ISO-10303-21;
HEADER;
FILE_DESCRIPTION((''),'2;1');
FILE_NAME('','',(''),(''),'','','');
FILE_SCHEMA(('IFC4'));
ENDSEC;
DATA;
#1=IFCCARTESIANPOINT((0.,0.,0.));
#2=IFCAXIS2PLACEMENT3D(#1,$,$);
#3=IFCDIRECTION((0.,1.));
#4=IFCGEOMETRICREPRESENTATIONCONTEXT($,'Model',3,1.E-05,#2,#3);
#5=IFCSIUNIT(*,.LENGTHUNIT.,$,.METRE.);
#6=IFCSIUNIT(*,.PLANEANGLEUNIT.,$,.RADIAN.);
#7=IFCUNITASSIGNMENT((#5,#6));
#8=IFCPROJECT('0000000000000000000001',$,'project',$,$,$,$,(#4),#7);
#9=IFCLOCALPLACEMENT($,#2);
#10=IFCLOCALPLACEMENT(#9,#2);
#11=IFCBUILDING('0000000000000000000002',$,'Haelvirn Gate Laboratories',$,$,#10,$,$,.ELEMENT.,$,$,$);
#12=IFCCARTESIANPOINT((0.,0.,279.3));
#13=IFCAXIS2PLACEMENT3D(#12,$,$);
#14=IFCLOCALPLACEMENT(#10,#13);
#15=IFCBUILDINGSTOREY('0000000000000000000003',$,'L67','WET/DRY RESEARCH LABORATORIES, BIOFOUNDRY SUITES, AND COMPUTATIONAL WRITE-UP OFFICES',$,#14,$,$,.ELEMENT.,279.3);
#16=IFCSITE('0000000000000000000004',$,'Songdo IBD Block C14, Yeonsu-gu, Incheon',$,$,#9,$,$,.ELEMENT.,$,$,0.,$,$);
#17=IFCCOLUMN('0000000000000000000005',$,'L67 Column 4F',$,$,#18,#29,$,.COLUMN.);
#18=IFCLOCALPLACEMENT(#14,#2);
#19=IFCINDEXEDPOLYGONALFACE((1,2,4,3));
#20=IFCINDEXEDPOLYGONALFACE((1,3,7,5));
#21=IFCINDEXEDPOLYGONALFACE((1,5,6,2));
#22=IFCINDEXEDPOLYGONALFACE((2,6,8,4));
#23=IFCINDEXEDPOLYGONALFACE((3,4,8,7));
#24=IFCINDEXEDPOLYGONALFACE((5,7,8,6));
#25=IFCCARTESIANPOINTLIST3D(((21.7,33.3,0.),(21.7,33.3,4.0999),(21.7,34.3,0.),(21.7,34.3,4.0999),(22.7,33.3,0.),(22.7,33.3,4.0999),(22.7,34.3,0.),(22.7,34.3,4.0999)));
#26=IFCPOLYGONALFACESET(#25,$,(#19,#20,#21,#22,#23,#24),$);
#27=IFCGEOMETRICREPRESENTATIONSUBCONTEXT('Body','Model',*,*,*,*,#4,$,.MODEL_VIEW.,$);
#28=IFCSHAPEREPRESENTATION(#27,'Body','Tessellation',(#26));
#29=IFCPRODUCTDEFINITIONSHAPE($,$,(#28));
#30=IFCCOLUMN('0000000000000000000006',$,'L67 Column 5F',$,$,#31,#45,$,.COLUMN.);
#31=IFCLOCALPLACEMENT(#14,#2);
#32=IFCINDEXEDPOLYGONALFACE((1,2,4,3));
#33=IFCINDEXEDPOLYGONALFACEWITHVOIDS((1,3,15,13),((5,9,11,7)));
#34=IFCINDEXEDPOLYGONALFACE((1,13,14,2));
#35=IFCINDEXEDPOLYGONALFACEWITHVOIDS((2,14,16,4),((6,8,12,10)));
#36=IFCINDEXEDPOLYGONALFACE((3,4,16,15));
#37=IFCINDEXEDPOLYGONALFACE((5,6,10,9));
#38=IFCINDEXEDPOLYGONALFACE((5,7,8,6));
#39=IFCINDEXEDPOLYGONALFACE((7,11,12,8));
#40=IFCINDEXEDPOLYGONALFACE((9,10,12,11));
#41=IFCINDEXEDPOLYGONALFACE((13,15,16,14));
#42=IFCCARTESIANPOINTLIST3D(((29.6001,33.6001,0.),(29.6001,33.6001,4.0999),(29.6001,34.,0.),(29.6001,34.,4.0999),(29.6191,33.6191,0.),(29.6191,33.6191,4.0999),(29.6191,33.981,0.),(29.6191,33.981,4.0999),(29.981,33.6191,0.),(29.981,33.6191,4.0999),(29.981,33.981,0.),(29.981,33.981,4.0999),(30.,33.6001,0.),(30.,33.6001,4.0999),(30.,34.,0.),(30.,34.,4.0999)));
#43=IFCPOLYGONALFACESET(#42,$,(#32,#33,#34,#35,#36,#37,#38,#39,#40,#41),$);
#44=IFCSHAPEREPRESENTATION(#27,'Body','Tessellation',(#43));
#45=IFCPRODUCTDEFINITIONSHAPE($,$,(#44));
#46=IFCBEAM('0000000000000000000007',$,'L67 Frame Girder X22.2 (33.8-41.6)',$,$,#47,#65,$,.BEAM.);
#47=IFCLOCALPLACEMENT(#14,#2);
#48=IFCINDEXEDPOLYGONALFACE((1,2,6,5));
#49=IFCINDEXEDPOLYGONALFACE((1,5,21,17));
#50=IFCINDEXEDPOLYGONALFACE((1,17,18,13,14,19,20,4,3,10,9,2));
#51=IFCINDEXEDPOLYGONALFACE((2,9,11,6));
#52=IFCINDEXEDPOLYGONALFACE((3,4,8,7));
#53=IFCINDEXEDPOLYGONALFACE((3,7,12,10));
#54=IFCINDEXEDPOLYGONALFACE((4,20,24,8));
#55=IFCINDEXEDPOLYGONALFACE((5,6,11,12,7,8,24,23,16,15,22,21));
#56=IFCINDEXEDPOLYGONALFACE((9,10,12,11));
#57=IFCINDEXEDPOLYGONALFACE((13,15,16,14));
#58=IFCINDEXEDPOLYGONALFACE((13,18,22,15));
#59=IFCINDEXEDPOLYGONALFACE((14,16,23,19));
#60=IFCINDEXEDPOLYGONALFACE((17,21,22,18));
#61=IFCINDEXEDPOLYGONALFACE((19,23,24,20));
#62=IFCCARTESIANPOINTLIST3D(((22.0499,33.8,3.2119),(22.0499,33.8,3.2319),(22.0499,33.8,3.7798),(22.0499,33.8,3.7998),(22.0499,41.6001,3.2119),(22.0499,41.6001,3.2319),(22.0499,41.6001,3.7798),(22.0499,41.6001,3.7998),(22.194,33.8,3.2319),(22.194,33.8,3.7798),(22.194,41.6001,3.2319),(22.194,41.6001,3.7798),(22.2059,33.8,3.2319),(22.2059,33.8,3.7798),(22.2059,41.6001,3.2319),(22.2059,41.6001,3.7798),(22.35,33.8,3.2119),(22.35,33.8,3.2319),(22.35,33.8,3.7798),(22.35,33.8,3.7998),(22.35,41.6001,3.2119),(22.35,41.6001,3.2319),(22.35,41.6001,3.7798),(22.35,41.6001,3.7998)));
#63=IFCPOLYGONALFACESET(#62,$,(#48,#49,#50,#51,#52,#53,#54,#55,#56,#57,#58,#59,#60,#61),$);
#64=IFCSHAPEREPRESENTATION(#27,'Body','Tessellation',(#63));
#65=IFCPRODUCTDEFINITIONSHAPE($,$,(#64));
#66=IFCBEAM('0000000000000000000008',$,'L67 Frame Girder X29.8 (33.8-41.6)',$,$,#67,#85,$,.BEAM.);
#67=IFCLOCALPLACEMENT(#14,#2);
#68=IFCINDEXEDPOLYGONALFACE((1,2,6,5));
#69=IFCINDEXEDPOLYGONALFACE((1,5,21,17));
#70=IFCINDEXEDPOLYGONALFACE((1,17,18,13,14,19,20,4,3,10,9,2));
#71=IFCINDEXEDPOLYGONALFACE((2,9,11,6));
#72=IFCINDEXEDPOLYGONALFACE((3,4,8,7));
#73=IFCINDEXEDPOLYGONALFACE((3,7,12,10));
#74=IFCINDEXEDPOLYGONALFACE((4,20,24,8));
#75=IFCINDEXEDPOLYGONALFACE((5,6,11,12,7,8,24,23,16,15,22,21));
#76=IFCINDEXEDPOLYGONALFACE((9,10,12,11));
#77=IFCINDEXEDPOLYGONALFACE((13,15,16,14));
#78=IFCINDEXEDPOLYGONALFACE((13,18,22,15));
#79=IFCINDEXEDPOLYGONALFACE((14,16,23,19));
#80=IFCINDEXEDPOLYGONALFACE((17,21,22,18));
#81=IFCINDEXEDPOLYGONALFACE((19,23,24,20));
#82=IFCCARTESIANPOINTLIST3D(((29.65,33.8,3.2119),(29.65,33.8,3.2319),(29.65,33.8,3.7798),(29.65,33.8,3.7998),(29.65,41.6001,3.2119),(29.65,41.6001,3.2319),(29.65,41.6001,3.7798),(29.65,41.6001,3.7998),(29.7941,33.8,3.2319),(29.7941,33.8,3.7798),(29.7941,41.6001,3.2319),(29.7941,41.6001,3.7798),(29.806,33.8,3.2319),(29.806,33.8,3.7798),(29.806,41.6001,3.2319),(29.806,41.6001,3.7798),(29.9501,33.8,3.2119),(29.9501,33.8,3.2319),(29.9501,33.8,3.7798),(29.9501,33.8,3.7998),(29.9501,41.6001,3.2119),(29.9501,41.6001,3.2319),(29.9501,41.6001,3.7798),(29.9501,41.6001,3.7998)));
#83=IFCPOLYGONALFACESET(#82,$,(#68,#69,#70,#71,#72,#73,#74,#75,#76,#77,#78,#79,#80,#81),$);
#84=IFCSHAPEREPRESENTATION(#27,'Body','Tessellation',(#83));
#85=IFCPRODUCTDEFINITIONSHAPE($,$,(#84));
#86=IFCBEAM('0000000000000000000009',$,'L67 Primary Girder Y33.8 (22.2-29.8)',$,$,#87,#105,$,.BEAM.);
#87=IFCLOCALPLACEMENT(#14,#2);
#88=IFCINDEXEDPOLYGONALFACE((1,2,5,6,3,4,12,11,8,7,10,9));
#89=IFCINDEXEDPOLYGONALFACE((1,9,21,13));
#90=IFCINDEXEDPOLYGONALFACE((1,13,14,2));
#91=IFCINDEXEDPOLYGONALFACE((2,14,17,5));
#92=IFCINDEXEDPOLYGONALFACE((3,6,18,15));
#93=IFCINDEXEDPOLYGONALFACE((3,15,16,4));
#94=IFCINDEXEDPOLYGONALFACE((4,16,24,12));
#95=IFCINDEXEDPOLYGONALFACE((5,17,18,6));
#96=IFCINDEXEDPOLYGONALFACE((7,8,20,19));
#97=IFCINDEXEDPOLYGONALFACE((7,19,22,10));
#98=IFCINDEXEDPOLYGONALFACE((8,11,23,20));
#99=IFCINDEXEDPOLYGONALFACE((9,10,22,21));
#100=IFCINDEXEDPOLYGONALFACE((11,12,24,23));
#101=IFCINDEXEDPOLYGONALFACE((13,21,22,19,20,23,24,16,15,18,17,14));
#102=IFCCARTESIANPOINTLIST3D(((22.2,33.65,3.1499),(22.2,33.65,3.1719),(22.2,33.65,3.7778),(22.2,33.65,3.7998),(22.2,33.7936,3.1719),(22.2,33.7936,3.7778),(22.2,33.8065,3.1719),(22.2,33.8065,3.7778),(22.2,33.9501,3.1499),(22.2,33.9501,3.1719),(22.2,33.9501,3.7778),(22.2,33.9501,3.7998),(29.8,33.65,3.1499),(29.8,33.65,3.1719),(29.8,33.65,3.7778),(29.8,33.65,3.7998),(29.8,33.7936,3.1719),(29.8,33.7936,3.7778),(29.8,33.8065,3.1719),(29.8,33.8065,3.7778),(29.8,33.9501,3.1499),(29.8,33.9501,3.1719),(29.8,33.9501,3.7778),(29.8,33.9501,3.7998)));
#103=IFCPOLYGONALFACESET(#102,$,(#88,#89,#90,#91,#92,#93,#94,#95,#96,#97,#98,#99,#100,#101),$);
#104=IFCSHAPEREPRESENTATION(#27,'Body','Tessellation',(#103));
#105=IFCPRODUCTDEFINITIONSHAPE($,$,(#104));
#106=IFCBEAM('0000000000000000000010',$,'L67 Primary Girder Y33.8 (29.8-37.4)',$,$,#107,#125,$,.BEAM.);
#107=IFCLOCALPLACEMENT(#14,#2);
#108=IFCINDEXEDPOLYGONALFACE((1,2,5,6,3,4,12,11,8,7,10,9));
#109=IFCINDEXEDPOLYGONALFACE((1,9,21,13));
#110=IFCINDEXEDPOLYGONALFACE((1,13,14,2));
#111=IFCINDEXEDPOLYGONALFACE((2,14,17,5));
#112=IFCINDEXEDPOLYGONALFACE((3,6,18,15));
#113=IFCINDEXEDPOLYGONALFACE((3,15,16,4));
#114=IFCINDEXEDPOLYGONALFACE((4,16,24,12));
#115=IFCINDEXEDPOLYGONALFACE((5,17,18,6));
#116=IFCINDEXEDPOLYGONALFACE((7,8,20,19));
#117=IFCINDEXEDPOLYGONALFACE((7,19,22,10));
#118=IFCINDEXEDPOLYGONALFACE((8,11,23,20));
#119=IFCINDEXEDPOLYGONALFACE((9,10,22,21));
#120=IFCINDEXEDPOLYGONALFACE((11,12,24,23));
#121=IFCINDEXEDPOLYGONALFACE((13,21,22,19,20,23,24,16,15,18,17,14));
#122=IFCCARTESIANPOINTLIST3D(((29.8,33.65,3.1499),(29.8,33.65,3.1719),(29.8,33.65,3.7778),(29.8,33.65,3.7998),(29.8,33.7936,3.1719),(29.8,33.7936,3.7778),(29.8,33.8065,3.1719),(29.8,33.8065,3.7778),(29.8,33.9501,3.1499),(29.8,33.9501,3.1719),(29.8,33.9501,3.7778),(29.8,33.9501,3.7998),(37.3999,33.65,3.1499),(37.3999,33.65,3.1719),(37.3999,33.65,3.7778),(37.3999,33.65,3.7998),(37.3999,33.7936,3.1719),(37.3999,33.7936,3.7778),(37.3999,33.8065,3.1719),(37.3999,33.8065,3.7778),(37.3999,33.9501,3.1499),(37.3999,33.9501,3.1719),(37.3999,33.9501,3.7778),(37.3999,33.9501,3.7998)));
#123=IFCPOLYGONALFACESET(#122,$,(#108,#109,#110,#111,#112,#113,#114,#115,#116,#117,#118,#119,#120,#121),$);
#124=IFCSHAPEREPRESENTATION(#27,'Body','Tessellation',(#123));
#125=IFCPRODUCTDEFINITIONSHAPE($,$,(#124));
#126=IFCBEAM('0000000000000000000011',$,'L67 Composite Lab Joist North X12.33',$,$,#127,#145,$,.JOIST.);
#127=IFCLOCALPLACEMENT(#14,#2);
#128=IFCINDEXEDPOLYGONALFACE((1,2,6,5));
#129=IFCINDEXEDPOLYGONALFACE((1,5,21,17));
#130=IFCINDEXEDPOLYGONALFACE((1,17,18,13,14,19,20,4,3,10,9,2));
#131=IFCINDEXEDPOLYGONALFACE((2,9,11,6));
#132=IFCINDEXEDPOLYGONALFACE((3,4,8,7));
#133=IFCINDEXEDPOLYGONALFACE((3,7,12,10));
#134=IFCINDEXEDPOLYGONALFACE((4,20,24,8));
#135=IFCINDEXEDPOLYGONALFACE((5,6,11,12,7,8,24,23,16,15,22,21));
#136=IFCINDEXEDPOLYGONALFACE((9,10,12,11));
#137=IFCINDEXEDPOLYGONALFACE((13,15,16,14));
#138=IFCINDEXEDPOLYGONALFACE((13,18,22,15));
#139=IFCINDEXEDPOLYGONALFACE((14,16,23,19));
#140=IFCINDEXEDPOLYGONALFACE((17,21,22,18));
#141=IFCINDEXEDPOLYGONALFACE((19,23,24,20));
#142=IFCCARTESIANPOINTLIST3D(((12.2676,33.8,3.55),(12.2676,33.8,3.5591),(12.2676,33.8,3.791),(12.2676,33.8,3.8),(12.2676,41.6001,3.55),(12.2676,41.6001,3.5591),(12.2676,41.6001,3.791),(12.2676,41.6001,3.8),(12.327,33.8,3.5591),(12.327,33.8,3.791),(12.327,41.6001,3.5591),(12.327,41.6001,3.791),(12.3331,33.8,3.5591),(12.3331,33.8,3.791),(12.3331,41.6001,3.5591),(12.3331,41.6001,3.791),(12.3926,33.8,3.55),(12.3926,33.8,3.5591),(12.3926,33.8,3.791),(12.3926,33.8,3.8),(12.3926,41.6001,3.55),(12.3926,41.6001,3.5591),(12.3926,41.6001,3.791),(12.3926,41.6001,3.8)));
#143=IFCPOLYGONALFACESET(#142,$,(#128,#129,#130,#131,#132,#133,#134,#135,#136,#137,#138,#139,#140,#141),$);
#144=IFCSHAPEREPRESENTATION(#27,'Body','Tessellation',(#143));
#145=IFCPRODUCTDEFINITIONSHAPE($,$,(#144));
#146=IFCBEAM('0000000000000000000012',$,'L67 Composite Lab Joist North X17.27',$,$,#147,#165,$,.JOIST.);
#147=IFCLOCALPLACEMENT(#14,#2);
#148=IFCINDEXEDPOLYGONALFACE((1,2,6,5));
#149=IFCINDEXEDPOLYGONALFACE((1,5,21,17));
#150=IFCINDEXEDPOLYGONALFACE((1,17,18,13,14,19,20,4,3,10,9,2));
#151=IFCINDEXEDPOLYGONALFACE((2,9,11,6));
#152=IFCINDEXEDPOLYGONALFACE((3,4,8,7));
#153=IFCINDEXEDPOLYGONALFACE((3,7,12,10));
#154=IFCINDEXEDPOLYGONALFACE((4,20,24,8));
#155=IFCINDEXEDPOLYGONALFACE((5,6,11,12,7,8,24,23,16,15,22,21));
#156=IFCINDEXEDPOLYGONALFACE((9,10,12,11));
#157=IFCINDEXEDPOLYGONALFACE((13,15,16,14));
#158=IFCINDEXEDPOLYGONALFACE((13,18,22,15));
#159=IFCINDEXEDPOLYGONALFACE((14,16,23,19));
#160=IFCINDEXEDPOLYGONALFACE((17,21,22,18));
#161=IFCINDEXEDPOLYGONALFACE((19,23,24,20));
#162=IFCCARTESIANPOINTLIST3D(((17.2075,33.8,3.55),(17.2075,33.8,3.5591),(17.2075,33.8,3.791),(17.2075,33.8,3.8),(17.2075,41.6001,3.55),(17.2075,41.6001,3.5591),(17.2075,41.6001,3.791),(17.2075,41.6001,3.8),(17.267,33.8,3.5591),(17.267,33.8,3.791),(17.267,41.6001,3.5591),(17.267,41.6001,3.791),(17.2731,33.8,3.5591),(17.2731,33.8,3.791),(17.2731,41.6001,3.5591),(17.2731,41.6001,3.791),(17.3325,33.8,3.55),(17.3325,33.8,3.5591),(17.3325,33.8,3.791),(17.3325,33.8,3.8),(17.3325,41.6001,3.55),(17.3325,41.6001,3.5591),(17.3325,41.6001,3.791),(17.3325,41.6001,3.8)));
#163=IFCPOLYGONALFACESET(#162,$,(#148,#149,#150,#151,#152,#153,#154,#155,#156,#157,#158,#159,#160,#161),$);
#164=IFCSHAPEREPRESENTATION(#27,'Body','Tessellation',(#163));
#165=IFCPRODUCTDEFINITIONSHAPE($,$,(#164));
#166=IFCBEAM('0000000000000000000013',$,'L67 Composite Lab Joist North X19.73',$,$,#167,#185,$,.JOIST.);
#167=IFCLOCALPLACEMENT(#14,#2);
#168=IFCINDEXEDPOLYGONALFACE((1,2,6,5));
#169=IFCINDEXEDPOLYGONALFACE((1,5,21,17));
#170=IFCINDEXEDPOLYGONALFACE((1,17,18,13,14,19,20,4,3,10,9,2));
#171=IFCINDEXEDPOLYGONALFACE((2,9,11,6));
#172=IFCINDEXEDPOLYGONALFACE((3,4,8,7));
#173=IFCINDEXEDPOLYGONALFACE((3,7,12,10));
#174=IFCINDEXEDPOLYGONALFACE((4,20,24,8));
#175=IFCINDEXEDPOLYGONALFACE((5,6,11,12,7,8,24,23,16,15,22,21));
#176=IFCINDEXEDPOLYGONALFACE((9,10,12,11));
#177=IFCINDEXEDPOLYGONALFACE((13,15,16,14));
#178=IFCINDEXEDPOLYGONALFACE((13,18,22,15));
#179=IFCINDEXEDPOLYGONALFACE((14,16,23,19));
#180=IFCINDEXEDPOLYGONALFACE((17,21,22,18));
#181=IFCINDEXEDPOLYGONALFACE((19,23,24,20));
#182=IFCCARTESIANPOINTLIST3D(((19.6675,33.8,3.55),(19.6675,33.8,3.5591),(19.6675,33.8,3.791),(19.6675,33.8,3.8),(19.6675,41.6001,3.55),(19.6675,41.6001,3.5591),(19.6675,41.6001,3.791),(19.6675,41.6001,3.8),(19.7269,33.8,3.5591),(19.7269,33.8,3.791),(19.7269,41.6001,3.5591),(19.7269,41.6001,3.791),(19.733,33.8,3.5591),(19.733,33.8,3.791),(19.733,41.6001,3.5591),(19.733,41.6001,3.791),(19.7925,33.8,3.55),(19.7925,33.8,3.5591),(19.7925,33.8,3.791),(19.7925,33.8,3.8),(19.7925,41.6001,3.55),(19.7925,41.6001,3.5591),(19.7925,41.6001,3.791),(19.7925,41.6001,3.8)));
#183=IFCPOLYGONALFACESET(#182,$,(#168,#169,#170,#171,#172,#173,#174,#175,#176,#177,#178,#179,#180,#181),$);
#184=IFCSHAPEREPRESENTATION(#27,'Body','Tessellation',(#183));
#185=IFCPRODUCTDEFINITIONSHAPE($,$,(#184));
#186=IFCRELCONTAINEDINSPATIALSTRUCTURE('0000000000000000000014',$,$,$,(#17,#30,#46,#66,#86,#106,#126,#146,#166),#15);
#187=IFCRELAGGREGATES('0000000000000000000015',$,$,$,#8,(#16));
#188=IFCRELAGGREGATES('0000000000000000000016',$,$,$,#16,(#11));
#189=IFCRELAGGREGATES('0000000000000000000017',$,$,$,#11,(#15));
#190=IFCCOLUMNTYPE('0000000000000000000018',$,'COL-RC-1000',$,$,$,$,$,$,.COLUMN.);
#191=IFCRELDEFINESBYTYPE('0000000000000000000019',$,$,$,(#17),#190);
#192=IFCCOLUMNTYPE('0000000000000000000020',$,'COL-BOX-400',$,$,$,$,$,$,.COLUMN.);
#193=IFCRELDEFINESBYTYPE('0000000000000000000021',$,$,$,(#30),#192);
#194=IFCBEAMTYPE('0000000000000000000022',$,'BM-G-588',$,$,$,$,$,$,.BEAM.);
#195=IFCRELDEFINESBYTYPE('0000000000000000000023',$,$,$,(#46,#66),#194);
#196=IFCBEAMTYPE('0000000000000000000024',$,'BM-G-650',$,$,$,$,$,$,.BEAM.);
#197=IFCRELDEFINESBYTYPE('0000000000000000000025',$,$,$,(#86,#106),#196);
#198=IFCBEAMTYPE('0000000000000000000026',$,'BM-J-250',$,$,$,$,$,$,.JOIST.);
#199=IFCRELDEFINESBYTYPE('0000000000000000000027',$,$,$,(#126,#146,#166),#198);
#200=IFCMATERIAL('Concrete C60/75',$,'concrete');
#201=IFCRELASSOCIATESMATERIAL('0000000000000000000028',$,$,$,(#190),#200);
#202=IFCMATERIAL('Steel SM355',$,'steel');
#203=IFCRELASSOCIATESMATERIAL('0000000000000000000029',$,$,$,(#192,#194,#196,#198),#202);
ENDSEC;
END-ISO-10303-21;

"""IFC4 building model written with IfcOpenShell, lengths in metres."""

from ifc_helpers import new_model, si_unit, direction, frame, origin, origin_2d, place, context, subcontext, project, spatial, rectangle, hollow_rectangle, i_section, extrude, source, transform, mapped, material, material_profile, profile_set, type_object, type_shapes, element, save


model = new_model("IFC4")

# Units and contexts
model_context = context("Model", 3, precision=1e-05, world=origin(), true_north=direction((0.0, 1.0)))
body_context = subcontext(model_context, "Body", "Model", "MODEL_VIEW")
ifc_project = project(units=[si_unit("LENGTHUNIT", "METRE"), si_unit("PLANEANGLEUNIT", "RADIAN")], contexts=[model_context])

# Site, building, storey
site_placement = place(None, origin())
site = spatial("IfcSite", under=ifc_project, at=site_placement, Name="Songdo IBD Block C14, Yeonsu-gu, Incheon", CompositionType="ELEMENT", RefElevation=0.0)
building_placement = place(site_placement, origin())
building = spatial("IfcBuilding", under=site, at=building_placement, Name="Haelvirn Gate Laboratories", CompositionType="ELEMENT")
storey_placement = place(building_placement, frame((0.0, 0.0, 279.3)))
storey = spatial("IfcBuildingStorey", under=building, at=storey_placement, Name="L67", Description="WET/DRY RESEARCH LABORATORIES, BIOFOUNDRY SUITES, AND COMPUTATIONAL WRITE-UP OFFICES", CompositionType="ELEMENT", Elevation=279.3)

# Columns
ifc_material_1 = material(Name="Concrete C60/75", Category="concrete")
ifc_material_profile_1 = material_profile(ifc_material_1, rectangle(XDim=1.0, YDim=1.0, at=origin_2d()), Name="RC-1000x1000")
ifc_profile_set_1 = profile_set([ifc_material_profile_1], Name="Concrete C60/75")
column_type_1 = type_object("IfcColumnType", Name="COL-RC-1000", PredefinedType="COLUMN", material=ifc_profile_set_1)
shared_shape_1 = source(origin(), body_context, "Body", "SweptSolid", [
    extrude(rectangle(XDim=1.0, YDim=1.0, at=origin_2d()), origin(), (0.0, 0.0, 1.0), 4.0999),
])
type_shapes(column_type_1, [shared_shape_1])
column_1_placement = place(storey_placement, frame((22.2, 33.8, 0.0), z_axis=(0.0, 0.0, 1.0), x_axis=(1.0, 0.0, 0.0)))
element("IfcColumn", 1, at=column_1_placement, inside=storey, type_object=column_type_1, Name="L67 Column 4F", PredefinedType="COLUMN", context=body_context, shape_type="MappedRepresentation", body=[
    mapped(shared_shape_1, transform((0.0, 0.0, 0.0), scale=1.0)),
])
ifc_material_2 = material(Name="Steel SM355", Category="steel")
ifc_material_profile_2 = material_profile(ifc_material_2, hollow_rectangle(XDim=0.3999, YDim=0.3999, WallThickness=0.019, at=origin_2d()), Name="BOX-400x400x19")
ifc_profile_set_2 = profile_set([ifc_material_profile_2], Name="Steel SM355")
column_type_2 = type_object("IfcColumnType", Name="COL-BOX-400", PredefinedType="COLUMN", material=ifc_profile_set_2)
shared_shape_2 = source(origin(), body_context, "Body", "SweptSolid", [
    extrude(hollow_rectangle(XDim=0.3999, YDim=0.3999, WallThickness=0.019, at=origin_2d()), origin(), (0.0, 0.0, 1.0), 4.0999),
])
type_shapes(column_type_2, [shared_shape_2])
column_2_placement = place(storey_placement, frame((29.8, 33.8, 0.0), z_axis=(0.0, 0.0, 1.0), x_axis=(1.0, 0.0, 0.0)))
element("IfcColumn", 2, at=column_2_placement, inside=storey, type_object=column_type_2, Name="L67 Column 5F", PredefinedType="COLUMN", context=body_context, shape_type="MappedRepresentation", body=[
    mapped(shared_shape_2, transform((0.0, 0.0, 0.0), scale=1.0)),
])

# Beams
ifc_material_profile_3 = material_profile(ifc_material_2, i_section(OverallWidth=0.3, OverallDepth=0.5879, WebThickness=0.012, FlangeThickness=0.02, at=origin_2d()), Name="H-588x300x12x20")
ifc_profile_set_3 = profile_set([ifc_material_profile_3], Name="Steel SM355")
beam_type_1 = type_object("IfcBeamType", Name="BM-G-588", PredefinedType="BEAM", material=ifc_profile_set_3)
shared_shape_3 = source(origin(), body_context, "Body", "SweptSolid", [
    extrude(i_section(OverallWidth=0.3, OverallDepth=0.5879, WebThickness=0.012, FlangeThickness=0.02, at=origin_2d()), origin(), (0.0, 0.0, 1.0), 7.8),
])
type_shapes(beam_type_1, [shared_shape_3])
for number, where, z_axis, x_axis, name in (
    (3, (22.2, 33.8, 3.5059), (0.0, 1.0, 0.0), (-1.0, 0.0, 0.0), "L67 Frame Girder X22.2 (33.8-41.6)"),
    (4, (29.8, 33.8, 3.5059), (0.0, 1.0, 0.0), (-1.0, 0.0, 0.0), "L67 Frame Girder X29.8 (33.8-41.6)"),
):
    element("IfcBeam", number, at=place(storey_placement, frame(where, z_axis=z_axis, x_axis=x_axis)), inside=storey, type_object=beam_type_1, Name=name, PredefinedType="BEAM", context=body_context, shape_type="MappedRepresentation", body=[
        mapped(shared_shape_3, transform((0.0, 0.0, 0.0), scale=1.0)),
    ])
ifc_material_profile_4 = material_profile(ifc_material_2, i_section(OverallWidth=0.3, OverallDepth=0.6499, WebThickness=0.0129, FlangeThickness=0.022, at=origin_2d()), Name="H-650x300x13x22")
ifc_profile_set_4 = profile_set([ifc_material_profile_4], Name="Steel SM355")
beam_type_2 = type_object("IfcBeamType", Name="BM-G-650", PredefinedType="BEAM", material=ifc_profile_set_4)
shared_shape_4 = source(origin(), body_context, "Body", "SweptSolid", [
    extrude(i_section(OverallWidth=0.3, OverallDepth=0.6499, WebThickness=0.0129, FlangeThickness=0.022, at=origin_2d()), origin(), (0.0, 0.0, 1.0), 7.6001),
])
beam_1_placement = place(storey_placement, frame((22.2, 33.8, 3.4749), z_axis=(1.0, 0.0, 0.0), x_axis=(0.0, 1.0, 0.0)))
element("IfcBeam", 5, at=beam_1_placement, inside=storey, type_object=beam_type_2, Name="L67 Primary Girder Y33.8 (22.2-29.8)", PredefinedType="BEAM", context=body_context, shape_type="MappedRepresentation", body=[
    mapped(shared_shape_4, transform((0.0, 0.0, 0.0), scale=1.0)),
])
shared_shape_5 = source(origin(), body_context, "Body", "SweptSolid", [
    extrude(i_section(OverallWidth=0.3, OverallDepth=0.6499, WebThickness=0.0129, FlangeThickness=0.022, at=origin_2d()), origin(), (0.0, 0.0, 1.0), 7.5999),
])
type_shapes(beam_type_2, [shared_shape_4, shared_shape_5])
beam_2_placement = place(storey_placement, frame((29.8, 33.8, 3.4749), z_axis=(1.0, 0.0, 0.0), x_axis=(0.0, 1.0, 0.0)))
element("IfcBeam", 6, at=beam_2_placement, inside=storey, type_object=beam_type_2, Name="L67 Primary Girder Y33.8 (29.8-37.4)", PredefinedType="BEAM", context=body_context, shape_type="MappedRepresentation", body=[
    mapped(shared_shape_5, transform((0.0, 0.0, 0.0), scale=1.0)),
])
ifc_material_profile_5 = material_profile(ifc_material_2, i_section(OverallWidth=0.125, OverallDepth=0.25, WebThickness=0.0061, FlangeThickness=0.009, at=origin_2d()), Name="H-250x125x6x9")
ifc_profile_set_5 = profile_set([ifc_material_profile_5], Name="Steel SM355")
beam_type_3 = type_object("IfcBeamType", Name="BM-J-250", PredefinedType="JOIST", material=ifc_profile_set_5)
shared_shape_6 = source(origin(), body_context, "Body", "SweptSolid", [
    extrude(i_section(OverallWidth=0.125, OverallDepth=0.25, WebThickness=0.0061, FlangeThickness=0.009, at=origin_2d()), origin(), (0.0, 0.0, 1.0), 7.8),
])
type_shapes(beam_type_3, [shared_shape_6])
for number, where, z_axis, x_axis, name in (
    (7, (12.3301, 33.8, 3.675), (0.0, 1.0, 0.0), (-1.0, 0.0, 0.0), "L67 Composite Lab Joist North X12.33"),
    (8, (17.27, 33.8, 3.675), (0.0, 1.0, 0.0), (-1.0, 0.0, 0.0), "L67 Composite Lab Joist North X17.27"),
    (9, (19.73, 33.8, 3.675), (0.0, 1.0, 0.0), (-1.0, 0.0, 0.0), "L67 Composite Lab Joist North X19.73"),
):
    element("IfcBeam", number, at=place(storey_placement, frame(where, z_axis=z_axis, x_axis=x_axis)), inside=storey, type_object=beam_type_3, Name=name, PredefinedType="JOIST", context=body_context, shape_type="MappedRepresentation", body=[
        mapped(shared_shape_6, transform((0.0, 0.0, 0.0), scale=1.0)),
    ])

save(model, "model.ifc")
